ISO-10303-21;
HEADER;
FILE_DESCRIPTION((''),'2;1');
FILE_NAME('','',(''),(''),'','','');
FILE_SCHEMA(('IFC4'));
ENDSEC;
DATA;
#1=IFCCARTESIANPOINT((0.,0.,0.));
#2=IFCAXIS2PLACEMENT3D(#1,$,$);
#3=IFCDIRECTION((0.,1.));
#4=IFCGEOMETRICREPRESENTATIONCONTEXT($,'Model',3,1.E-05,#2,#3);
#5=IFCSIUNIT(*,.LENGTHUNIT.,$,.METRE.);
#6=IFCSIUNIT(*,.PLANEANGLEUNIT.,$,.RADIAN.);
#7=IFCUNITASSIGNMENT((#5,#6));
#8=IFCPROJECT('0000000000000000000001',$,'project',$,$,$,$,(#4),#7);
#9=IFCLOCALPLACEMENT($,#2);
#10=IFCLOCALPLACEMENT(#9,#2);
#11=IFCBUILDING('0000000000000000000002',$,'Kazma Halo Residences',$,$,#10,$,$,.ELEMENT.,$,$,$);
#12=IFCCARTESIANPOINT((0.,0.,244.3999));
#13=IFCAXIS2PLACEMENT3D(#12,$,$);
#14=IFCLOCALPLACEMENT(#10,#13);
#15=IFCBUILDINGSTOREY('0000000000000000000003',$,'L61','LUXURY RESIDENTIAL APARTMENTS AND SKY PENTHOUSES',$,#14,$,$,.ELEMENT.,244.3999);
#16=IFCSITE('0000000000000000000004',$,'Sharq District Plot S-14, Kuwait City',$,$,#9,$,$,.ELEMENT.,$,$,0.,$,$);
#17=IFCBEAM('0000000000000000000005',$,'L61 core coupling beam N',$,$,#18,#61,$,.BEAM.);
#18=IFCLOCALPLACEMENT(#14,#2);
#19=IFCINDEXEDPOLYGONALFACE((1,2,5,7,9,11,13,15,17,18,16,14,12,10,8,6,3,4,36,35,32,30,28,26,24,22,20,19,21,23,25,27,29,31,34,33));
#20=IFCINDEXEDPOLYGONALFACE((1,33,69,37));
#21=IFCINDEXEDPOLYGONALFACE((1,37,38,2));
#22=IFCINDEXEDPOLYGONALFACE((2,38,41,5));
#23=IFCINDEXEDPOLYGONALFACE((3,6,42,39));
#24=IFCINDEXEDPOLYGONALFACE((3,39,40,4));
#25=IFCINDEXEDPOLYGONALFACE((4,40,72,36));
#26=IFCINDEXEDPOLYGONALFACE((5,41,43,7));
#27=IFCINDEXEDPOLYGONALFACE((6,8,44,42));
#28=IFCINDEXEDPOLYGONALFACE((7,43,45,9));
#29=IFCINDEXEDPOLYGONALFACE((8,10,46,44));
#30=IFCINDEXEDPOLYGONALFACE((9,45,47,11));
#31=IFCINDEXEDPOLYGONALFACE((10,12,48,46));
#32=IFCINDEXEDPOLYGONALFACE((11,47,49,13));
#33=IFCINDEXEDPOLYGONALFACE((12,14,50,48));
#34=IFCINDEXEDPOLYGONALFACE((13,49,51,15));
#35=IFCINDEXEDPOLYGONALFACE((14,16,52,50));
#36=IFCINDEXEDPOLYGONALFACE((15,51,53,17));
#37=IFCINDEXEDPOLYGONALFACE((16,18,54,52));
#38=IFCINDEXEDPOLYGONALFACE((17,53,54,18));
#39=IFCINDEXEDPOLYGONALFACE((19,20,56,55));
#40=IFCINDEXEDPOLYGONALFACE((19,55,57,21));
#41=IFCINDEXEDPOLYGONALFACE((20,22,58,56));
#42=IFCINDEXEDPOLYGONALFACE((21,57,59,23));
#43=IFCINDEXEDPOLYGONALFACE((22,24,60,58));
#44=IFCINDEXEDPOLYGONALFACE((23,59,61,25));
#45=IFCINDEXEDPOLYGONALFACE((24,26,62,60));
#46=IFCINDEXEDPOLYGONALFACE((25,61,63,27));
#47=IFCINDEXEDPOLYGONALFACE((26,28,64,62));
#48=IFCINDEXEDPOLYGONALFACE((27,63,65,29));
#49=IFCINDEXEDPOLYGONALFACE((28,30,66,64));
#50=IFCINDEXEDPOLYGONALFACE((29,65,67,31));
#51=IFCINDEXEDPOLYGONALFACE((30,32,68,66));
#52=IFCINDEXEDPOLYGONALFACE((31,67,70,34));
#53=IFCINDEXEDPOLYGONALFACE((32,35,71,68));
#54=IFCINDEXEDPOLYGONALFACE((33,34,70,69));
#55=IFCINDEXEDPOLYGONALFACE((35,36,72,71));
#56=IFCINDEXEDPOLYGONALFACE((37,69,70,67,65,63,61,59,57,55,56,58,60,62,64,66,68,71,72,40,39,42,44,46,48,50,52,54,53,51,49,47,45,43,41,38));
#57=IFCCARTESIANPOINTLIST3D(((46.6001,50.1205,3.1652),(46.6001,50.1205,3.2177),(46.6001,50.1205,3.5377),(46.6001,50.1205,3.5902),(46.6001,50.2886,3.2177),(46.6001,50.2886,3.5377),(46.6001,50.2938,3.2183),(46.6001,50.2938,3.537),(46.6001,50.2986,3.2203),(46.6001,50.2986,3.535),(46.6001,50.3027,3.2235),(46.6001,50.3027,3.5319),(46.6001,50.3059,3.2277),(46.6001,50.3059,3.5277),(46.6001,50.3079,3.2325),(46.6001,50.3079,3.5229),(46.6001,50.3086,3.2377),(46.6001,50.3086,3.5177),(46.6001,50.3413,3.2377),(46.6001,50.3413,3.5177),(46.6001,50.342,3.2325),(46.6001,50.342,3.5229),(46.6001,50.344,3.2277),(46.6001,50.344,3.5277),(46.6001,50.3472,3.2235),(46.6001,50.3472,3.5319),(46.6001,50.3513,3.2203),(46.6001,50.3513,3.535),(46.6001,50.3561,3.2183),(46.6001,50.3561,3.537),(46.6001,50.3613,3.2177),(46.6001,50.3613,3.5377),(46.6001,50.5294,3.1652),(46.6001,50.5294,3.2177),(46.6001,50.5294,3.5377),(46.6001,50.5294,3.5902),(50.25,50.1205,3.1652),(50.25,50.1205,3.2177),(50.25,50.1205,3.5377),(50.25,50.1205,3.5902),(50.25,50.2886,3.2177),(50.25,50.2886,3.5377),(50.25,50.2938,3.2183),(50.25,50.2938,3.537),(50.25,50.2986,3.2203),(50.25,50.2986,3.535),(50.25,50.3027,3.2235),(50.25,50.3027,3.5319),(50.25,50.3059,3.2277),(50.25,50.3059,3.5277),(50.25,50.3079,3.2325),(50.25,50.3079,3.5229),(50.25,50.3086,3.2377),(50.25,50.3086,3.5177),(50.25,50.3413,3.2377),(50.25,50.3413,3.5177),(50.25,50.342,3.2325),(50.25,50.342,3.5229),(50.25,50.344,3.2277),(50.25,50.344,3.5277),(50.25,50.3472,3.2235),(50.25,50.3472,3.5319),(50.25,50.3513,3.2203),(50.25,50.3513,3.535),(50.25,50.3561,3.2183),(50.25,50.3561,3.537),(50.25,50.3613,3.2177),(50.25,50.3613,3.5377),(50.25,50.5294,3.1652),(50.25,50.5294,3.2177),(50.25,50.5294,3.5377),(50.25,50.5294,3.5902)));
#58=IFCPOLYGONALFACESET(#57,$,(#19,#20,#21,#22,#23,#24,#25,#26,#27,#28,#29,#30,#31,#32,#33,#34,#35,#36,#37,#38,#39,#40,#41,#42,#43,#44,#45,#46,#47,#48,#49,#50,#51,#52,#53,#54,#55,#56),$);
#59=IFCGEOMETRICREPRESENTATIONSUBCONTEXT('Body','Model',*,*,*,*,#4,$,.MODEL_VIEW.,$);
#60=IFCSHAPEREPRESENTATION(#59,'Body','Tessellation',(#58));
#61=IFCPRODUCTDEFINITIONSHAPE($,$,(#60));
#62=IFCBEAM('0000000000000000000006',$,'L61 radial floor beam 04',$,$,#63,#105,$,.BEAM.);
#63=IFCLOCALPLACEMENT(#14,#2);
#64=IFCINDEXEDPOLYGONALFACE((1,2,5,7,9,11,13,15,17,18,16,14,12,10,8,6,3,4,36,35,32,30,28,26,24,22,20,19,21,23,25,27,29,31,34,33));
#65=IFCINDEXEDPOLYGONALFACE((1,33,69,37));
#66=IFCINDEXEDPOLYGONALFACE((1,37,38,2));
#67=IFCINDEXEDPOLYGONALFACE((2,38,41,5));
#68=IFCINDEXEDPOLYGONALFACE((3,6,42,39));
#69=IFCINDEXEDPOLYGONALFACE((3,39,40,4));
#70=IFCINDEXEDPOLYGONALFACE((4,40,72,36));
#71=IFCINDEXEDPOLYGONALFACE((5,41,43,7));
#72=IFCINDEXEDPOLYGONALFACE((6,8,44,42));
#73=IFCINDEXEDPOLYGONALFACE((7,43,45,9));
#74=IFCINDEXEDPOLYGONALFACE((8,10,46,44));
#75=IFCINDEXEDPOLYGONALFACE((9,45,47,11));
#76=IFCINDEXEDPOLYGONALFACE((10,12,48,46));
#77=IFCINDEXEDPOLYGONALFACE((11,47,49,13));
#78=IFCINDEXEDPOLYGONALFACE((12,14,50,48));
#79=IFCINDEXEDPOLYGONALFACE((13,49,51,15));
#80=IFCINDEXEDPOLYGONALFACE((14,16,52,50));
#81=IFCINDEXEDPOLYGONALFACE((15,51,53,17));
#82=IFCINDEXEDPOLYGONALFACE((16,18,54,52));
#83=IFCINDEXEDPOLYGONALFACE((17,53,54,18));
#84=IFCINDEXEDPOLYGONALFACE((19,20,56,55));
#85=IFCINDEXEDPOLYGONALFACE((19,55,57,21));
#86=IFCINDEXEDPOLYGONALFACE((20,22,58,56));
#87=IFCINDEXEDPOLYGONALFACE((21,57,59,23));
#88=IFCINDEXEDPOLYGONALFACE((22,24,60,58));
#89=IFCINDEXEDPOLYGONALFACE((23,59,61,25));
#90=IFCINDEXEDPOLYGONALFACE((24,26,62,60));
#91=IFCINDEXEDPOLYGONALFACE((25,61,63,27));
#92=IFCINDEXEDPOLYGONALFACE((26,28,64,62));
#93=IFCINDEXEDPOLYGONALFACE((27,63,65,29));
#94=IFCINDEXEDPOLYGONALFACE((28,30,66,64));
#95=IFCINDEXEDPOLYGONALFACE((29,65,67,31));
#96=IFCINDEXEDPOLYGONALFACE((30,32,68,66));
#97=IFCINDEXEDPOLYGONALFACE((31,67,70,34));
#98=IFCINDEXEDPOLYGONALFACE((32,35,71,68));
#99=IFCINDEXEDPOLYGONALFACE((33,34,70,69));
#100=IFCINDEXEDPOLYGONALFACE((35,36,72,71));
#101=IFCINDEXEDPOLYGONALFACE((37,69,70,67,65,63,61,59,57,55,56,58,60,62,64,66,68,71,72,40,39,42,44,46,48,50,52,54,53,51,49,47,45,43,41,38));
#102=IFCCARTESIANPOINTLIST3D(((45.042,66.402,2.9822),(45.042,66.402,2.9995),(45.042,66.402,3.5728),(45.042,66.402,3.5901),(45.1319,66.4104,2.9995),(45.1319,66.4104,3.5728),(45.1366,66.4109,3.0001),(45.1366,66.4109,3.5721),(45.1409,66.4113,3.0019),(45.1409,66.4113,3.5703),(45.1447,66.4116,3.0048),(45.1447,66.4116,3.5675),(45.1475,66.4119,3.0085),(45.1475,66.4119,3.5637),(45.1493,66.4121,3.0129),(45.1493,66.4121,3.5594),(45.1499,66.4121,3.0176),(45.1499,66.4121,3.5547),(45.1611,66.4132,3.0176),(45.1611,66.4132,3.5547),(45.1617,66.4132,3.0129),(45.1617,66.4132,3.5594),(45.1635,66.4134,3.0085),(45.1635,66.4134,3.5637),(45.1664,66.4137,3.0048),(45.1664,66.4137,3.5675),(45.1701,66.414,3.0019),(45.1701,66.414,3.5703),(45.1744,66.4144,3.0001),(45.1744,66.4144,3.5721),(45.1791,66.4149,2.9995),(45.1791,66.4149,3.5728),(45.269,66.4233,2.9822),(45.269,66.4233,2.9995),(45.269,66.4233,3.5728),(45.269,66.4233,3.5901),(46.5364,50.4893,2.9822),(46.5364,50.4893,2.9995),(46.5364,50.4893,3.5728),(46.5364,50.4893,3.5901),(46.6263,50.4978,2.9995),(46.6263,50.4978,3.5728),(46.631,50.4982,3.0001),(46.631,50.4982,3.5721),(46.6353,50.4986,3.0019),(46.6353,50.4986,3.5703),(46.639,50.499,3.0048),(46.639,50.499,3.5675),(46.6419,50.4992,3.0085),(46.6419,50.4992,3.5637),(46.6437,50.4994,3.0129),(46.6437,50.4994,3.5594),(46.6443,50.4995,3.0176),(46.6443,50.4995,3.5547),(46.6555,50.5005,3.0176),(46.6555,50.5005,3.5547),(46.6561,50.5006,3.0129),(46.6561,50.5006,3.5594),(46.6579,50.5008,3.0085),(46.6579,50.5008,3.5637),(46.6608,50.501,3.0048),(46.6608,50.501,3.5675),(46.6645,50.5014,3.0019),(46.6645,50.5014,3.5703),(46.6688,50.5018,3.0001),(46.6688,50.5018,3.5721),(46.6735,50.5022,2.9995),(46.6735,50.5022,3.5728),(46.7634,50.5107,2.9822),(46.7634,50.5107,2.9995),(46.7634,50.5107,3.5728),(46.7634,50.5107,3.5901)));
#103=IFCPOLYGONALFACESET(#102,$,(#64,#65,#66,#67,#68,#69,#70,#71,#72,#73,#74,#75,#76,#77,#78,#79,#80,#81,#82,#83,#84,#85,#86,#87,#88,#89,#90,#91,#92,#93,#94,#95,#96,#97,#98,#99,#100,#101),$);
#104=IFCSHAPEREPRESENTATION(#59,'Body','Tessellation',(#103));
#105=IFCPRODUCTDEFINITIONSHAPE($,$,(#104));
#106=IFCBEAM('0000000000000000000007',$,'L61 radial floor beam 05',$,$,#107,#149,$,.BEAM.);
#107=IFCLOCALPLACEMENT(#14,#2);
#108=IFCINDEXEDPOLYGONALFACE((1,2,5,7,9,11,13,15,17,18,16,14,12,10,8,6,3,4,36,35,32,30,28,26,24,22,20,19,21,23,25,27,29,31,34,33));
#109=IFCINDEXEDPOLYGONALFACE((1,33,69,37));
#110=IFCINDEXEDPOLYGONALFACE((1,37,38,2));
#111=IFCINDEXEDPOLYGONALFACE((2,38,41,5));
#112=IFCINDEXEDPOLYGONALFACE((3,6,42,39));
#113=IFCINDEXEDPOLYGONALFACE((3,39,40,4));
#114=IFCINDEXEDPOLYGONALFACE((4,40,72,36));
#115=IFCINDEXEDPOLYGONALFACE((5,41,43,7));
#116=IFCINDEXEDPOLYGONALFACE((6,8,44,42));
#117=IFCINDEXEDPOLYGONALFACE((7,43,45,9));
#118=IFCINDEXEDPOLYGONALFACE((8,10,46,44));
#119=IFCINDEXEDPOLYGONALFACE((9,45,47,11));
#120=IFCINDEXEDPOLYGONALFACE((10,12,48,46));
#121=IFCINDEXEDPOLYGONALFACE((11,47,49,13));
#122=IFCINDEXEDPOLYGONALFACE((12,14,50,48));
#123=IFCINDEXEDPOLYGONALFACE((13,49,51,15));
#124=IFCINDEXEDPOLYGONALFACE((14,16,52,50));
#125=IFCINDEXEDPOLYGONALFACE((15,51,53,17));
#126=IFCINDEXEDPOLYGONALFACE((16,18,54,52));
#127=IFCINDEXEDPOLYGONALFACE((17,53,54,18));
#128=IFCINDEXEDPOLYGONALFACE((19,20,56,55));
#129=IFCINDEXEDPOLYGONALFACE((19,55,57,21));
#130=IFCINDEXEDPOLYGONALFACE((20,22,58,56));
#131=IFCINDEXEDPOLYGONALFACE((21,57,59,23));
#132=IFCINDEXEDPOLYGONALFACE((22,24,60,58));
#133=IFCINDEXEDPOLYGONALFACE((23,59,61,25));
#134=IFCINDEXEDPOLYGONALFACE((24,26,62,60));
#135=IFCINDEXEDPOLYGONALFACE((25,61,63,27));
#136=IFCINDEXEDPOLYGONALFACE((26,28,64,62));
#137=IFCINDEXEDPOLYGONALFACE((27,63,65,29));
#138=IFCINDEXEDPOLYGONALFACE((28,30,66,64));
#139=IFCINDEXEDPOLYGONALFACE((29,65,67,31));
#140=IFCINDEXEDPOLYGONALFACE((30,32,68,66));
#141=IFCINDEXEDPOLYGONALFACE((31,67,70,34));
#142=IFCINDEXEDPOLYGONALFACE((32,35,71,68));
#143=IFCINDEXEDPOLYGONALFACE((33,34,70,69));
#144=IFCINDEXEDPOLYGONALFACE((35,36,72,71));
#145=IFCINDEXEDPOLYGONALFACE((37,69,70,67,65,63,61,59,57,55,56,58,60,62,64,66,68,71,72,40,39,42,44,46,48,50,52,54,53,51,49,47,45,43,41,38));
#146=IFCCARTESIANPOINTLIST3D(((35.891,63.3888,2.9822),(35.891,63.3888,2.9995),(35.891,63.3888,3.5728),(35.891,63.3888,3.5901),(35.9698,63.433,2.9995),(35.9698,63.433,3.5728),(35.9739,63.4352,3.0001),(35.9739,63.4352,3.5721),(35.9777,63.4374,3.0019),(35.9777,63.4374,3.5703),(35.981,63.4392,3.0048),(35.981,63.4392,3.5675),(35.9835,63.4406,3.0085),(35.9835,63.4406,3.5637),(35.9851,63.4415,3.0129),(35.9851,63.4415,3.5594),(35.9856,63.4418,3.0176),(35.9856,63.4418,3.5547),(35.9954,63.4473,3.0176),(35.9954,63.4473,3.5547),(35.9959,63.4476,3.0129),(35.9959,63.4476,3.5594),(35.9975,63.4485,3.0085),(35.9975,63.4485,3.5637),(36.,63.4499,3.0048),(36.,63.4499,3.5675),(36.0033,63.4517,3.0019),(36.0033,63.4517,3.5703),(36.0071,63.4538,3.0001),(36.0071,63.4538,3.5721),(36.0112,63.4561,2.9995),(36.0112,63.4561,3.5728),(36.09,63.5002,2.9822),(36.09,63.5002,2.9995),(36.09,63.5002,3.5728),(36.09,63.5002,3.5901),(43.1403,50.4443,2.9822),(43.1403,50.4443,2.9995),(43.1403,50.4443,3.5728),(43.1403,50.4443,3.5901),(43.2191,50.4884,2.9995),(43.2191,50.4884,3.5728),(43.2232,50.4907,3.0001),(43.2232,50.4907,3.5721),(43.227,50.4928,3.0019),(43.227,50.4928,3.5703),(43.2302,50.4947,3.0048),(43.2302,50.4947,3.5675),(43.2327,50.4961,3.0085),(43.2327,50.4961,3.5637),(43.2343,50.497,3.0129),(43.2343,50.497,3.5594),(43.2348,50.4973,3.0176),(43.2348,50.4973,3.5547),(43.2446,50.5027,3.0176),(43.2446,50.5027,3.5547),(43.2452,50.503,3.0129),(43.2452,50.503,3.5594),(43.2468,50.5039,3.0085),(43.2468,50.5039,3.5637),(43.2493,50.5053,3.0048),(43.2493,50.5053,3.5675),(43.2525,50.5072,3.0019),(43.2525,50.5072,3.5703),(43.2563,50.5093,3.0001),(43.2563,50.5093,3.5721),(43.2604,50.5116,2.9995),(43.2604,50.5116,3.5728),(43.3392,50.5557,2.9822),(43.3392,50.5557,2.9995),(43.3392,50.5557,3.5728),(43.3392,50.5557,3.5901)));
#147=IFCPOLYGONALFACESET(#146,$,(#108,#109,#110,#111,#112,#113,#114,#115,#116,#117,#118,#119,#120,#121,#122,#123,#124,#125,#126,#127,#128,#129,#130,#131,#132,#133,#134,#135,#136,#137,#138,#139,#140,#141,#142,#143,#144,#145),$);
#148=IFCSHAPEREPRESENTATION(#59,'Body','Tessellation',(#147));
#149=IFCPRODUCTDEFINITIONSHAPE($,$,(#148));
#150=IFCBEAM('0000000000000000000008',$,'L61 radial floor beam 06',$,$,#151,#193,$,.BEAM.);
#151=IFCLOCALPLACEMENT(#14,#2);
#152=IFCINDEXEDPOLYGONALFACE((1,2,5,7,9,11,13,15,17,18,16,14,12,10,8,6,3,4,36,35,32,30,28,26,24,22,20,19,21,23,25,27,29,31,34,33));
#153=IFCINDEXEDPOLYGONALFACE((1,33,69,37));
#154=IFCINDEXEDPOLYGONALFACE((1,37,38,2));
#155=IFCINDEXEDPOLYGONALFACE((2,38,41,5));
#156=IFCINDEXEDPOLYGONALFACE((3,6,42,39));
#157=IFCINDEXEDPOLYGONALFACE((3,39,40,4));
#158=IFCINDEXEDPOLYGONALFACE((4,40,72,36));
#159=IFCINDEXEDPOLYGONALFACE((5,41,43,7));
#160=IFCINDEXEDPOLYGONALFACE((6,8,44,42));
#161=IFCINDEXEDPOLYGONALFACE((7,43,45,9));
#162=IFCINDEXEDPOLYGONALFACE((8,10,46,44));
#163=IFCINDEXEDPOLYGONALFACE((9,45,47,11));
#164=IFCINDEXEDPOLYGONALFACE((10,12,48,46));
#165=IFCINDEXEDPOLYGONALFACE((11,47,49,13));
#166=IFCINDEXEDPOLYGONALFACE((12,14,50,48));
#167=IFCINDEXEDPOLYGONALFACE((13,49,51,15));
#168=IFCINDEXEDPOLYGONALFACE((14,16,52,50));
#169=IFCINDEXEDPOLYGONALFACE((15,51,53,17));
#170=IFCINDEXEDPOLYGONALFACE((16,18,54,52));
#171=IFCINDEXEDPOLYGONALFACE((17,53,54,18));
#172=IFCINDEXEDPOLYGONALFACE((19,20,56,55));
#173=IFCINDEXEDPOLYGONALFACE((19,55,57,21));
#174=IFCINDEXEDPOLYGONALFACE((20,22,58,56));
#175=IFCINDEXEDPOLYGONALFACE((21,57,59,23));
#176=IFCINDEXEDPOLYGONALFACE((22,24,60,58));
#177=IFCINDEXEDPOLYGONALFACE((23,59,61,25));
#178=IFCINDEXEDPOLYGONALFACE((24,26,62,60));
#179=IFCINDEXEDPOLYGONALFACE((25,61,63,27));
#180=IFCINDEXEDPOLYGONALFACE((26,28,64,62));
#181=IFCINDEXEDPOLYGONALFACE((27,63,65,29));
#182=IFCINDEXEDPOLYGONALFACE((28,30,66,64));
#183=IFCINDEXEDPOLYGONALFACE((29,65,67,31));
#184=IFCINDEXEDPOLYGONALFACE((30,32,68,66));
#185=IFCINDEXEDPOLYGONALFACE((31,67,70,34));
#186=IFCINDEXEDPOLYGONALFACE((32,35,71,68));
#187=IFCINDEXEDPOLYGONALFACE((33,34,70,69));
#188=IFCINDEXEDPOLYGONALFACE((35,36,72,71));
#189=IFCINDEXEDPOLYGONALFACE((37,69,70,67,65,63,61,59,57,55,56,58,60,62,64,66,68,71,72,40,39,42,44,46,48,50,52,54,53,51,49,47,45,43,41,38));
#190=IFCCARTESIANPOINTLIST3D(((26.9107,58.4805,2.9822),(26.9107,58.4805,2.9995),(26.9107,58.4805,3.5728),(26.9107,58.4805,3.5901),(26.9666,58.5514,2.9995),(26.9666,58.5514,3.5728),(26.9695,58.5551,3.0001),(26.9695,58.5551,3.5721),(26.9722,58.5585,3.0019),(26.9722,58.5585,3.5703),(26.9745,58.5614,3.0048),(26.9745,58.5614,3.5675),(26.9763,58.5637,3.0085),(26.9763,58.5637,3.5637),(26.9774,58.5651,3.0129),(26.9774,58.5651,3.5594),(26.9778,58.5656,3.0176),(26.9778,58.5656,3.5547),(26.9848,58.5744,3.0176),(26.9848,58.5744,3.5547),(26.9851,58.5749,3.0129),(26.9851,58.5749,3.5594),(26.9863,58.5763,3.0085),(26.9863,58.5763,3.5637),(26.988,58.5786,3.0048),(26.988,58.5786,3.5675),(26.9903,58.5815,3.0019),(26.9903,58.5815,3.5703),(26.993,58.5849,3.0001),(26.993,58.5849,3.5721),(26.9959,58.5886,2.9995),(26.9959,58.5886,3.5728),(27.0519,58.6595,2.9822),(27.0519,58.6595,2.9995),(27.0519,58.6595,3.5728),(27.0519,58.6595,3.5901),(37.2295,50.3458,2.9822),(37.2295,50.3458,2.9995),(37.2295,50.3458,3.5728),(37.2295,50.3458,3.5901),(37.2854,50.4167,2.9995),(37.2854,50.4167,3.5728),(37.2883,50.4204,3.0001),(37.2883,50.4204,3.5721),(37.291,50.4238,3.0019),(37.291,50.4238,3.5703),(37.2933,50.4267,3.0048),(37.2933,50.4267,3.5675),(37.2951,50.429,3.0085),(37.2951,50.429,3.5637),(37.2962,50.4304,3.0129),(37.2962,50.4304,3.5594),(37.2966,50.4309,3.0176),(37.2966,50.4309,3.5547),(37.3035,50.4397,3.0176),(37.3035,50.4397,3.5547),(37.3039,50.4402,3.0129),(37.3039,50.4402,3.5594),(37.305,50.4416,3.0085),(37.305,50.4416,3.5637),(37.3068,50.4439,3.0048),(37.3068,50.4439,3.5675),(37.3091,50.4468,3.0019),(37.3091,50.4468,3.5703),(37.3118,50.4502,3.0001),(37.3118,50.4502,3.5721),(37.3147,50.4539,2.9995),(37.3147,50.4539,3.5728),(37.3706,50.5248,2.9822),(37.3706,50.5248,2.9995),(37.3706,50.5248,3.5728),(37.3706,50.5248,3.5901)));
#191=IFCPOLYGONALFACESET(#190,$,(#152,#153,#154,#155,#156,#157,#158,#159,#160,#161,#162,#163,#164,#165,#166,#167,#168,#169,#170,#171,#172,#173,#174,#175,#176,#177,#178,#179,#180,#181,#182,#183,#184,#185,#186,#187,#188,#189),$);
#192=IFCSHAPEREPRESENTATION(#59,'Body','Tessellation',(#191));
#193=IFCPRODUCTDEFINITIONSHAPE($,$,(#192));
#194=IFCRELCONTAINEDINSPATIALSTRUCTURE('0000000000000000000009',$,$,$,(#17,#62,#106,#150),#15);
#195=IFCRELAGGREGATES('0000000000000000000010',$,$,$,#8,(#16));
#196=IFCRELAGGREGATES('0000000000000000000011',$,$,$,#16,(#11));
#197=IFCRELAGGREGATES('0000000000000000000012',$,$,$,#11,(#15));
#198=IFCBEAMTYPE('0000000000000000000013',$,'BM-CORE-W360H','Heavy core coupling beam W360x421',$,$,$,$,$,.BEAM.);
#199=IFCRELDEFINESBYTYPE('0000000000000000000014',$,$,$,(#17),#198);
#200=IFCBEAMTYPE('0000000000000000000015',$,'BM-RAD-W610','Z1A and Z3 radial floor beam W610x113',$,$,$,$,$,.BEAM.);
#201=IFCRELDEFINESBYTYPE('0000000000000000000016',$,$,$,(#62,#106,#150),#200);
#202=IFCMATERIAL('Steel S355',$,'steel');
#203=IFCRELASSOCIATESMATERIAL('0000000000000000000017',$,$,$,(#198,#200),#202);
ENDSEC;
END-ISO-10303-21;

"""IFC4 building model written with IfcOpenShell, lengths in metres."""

from ifc_helpers import new_model, si_unit, direction, frame, origin, origin_2d, place, context, subcontext, project, spatial, i_section, extrude, material, material_profile, profile_set, type_object, element, save


model = new_model("IFC4")

# Units and contexts
model_context = context("Model", 3, precision=1e-05, world=origin(), true_north=direction((0.0, 1.0)))
body_context = subcontext(model_context, "Body", "Model", "MODEL_VIEW")
ifc_project = project(units=[si_unit("LENGTHUNIT", "METRE"), si_unit("PLANEANGLEUNIT", "RADIAN")], contexts=[model_context])

# Site, building, storey
site_placement = place(None, origin())
site = spatial("IfcSite", under=ifc_project, at=site_placement, Name="Sharq District Plot S-14, Kuwait City", CompositionType="ELEMENT", RefElevation=0.0)
building_placement = place(site_placement, origin())
building = spatial("IfcBuilding", under=site, at=building_placement, Name="Kazma Halo Residences", CompositionType="ELEMENT")
storey_placement = place(building_placement, frame((0.0, 0.0, 244.3999)))
storey = spatial("IfcBuildingStorey", under=building, at=storey_placement, Name="L61", Description="LUXURY RESIDENTIAL APARTMENTS AND SKY PENTHOUSES", CompositionType="ELEMENT", Elevation=244.3999)

# Beams
ifc_material_1 = material(Name="Steel S355", Category="steel")
ifc_material_profile_1 = material_profile(ifc_material_1, i_section(OverallWidth=0.4089, OverallDepth=0.425, WebThickness=0.0327, FlangeThickness=0.0525, FilletRadius=0.02, at=origin_2d()), Name="W360x421")
ifc_profile_set_1 = profile_set([ifc_material_profile_1], Name="Steel S355")
beam_type_1 = type_object("IfcBeamType", Name="BM-CORE-W360H", Description="Heavy core coupling beam W360x421", PredefinedType="BEAM", material=ifc_profile_set_1)
beam_1_placement = place(storey_placement, frame((46.6001, 50.325, 3.3777), z_axis=(1.0, 0.0, 0.0), x_axis=(0.0, 1.0, 0.0)))
element("IfcBeam", 1, at=beam_1_placement, inside=storey, type_object=beam_type_1, Name="L61 core coupling beam N", PredefinedType="BEAM", context=body_context, shape_type="SweptSolid", body=[
    extrude(i_section(OverallWidth=0.4089, OverallDepth=0.425, WebThickness=0.0327, FlangeThickness=0.0525, FilletRadius=0.02, at=origin_2d()), origin(), (0.0, 0.0, 1.0), 3.6499),
])
ifc_material_profile_2 = material_profile(ifc_material_1, i_section(OverallWidth=0.228, OverallDepth=0.6079, WebThickness=0.0112, FlangeThickness=0.0173, FilletRadius=0.0181, at=origin_2d()), Name="W610x113")
ifc_profile_set_2 = profile_set([ifc_material_profile_2], Name="Steel S355")
beam_type_2 = type_object("IfcBeamType", Name="BM-RAD-W610", Description="Z1A and Z3 radial floor beam W610x113", PredefinedType="BEAM", material=ifc_profile_set_2)
beam_2_placement = place(storey_placement, frame((46.6499, 50.5, 3.2861), z_axis=(-0.093501, 0.995619, 0.0), x_axis=(-0.995619, -0.093501, 0.0)))
element("IfcBeam", 2, at=beam_2_placement, inside=storey, type_object=beam_type_2, Name="L61 radial floor beam 04", PredefinedType="BEAM", context=body_context, shape_type="SweptSolid", body=[
    extrude(i_section(OverallWidth=0.228, OverallDepth=0.6079, WebThickness=0.0112, FlangeThickness=0.0173, FilletRadius=0.0181, at=origin_2d()), origin(), (0.0, 0.0, 1.0), 15.9827),
])
beam_3_placement = place(storey_placement, frame((43.2397, 50.5, 3.2861), z_axis=(-0.488619, 0.872497, 0.0), x_axis=(-0.872497, -0.488619, 0.0)))
element("IfcBeam", 3, at=beam_3_placement, inside=storey, type_object=beam_type_2, Name="L61 radial floor beam 05", PredefinedType="BEAM", context=body_context, shape_type="SweptSolid", body=[
    extrude(i_section(OverallWidth=0.228, OverallDepth=0.6079, WebThickness=0.0112, FlangeThickness=0.0173, FilletRadius=0.0181, at=origin_2d()), origin(), (0.0, 0.0, 1.0), 14.8362),
])
beam_4_placement = place(storey_placement, frame((37.3, 50.4353, 3.2861), z_axis=(-0.785315, 0.619096, 0.0), x_axis=(-0.619096, -0.785315, 0.0)))
element("IfcBeam", 4, at=beam_4_placement, inside=storey, type_object=beam_type_2, Name="L61 radial floor beam 06", PredefinedType="BEAM", context=body_context, shape_type="SweptSolid", body=[
    extrude(i_section(OverallWidth=0.228, OverallDepth=0.6079, WebThickness=0.0112, FlangeThickness=0.0173, FilletRadius=0.0181, at=origin_2d()), origin(), (0.0, 0.0, 1.0), 13.1396),
])

save(model, "model.ifc")
